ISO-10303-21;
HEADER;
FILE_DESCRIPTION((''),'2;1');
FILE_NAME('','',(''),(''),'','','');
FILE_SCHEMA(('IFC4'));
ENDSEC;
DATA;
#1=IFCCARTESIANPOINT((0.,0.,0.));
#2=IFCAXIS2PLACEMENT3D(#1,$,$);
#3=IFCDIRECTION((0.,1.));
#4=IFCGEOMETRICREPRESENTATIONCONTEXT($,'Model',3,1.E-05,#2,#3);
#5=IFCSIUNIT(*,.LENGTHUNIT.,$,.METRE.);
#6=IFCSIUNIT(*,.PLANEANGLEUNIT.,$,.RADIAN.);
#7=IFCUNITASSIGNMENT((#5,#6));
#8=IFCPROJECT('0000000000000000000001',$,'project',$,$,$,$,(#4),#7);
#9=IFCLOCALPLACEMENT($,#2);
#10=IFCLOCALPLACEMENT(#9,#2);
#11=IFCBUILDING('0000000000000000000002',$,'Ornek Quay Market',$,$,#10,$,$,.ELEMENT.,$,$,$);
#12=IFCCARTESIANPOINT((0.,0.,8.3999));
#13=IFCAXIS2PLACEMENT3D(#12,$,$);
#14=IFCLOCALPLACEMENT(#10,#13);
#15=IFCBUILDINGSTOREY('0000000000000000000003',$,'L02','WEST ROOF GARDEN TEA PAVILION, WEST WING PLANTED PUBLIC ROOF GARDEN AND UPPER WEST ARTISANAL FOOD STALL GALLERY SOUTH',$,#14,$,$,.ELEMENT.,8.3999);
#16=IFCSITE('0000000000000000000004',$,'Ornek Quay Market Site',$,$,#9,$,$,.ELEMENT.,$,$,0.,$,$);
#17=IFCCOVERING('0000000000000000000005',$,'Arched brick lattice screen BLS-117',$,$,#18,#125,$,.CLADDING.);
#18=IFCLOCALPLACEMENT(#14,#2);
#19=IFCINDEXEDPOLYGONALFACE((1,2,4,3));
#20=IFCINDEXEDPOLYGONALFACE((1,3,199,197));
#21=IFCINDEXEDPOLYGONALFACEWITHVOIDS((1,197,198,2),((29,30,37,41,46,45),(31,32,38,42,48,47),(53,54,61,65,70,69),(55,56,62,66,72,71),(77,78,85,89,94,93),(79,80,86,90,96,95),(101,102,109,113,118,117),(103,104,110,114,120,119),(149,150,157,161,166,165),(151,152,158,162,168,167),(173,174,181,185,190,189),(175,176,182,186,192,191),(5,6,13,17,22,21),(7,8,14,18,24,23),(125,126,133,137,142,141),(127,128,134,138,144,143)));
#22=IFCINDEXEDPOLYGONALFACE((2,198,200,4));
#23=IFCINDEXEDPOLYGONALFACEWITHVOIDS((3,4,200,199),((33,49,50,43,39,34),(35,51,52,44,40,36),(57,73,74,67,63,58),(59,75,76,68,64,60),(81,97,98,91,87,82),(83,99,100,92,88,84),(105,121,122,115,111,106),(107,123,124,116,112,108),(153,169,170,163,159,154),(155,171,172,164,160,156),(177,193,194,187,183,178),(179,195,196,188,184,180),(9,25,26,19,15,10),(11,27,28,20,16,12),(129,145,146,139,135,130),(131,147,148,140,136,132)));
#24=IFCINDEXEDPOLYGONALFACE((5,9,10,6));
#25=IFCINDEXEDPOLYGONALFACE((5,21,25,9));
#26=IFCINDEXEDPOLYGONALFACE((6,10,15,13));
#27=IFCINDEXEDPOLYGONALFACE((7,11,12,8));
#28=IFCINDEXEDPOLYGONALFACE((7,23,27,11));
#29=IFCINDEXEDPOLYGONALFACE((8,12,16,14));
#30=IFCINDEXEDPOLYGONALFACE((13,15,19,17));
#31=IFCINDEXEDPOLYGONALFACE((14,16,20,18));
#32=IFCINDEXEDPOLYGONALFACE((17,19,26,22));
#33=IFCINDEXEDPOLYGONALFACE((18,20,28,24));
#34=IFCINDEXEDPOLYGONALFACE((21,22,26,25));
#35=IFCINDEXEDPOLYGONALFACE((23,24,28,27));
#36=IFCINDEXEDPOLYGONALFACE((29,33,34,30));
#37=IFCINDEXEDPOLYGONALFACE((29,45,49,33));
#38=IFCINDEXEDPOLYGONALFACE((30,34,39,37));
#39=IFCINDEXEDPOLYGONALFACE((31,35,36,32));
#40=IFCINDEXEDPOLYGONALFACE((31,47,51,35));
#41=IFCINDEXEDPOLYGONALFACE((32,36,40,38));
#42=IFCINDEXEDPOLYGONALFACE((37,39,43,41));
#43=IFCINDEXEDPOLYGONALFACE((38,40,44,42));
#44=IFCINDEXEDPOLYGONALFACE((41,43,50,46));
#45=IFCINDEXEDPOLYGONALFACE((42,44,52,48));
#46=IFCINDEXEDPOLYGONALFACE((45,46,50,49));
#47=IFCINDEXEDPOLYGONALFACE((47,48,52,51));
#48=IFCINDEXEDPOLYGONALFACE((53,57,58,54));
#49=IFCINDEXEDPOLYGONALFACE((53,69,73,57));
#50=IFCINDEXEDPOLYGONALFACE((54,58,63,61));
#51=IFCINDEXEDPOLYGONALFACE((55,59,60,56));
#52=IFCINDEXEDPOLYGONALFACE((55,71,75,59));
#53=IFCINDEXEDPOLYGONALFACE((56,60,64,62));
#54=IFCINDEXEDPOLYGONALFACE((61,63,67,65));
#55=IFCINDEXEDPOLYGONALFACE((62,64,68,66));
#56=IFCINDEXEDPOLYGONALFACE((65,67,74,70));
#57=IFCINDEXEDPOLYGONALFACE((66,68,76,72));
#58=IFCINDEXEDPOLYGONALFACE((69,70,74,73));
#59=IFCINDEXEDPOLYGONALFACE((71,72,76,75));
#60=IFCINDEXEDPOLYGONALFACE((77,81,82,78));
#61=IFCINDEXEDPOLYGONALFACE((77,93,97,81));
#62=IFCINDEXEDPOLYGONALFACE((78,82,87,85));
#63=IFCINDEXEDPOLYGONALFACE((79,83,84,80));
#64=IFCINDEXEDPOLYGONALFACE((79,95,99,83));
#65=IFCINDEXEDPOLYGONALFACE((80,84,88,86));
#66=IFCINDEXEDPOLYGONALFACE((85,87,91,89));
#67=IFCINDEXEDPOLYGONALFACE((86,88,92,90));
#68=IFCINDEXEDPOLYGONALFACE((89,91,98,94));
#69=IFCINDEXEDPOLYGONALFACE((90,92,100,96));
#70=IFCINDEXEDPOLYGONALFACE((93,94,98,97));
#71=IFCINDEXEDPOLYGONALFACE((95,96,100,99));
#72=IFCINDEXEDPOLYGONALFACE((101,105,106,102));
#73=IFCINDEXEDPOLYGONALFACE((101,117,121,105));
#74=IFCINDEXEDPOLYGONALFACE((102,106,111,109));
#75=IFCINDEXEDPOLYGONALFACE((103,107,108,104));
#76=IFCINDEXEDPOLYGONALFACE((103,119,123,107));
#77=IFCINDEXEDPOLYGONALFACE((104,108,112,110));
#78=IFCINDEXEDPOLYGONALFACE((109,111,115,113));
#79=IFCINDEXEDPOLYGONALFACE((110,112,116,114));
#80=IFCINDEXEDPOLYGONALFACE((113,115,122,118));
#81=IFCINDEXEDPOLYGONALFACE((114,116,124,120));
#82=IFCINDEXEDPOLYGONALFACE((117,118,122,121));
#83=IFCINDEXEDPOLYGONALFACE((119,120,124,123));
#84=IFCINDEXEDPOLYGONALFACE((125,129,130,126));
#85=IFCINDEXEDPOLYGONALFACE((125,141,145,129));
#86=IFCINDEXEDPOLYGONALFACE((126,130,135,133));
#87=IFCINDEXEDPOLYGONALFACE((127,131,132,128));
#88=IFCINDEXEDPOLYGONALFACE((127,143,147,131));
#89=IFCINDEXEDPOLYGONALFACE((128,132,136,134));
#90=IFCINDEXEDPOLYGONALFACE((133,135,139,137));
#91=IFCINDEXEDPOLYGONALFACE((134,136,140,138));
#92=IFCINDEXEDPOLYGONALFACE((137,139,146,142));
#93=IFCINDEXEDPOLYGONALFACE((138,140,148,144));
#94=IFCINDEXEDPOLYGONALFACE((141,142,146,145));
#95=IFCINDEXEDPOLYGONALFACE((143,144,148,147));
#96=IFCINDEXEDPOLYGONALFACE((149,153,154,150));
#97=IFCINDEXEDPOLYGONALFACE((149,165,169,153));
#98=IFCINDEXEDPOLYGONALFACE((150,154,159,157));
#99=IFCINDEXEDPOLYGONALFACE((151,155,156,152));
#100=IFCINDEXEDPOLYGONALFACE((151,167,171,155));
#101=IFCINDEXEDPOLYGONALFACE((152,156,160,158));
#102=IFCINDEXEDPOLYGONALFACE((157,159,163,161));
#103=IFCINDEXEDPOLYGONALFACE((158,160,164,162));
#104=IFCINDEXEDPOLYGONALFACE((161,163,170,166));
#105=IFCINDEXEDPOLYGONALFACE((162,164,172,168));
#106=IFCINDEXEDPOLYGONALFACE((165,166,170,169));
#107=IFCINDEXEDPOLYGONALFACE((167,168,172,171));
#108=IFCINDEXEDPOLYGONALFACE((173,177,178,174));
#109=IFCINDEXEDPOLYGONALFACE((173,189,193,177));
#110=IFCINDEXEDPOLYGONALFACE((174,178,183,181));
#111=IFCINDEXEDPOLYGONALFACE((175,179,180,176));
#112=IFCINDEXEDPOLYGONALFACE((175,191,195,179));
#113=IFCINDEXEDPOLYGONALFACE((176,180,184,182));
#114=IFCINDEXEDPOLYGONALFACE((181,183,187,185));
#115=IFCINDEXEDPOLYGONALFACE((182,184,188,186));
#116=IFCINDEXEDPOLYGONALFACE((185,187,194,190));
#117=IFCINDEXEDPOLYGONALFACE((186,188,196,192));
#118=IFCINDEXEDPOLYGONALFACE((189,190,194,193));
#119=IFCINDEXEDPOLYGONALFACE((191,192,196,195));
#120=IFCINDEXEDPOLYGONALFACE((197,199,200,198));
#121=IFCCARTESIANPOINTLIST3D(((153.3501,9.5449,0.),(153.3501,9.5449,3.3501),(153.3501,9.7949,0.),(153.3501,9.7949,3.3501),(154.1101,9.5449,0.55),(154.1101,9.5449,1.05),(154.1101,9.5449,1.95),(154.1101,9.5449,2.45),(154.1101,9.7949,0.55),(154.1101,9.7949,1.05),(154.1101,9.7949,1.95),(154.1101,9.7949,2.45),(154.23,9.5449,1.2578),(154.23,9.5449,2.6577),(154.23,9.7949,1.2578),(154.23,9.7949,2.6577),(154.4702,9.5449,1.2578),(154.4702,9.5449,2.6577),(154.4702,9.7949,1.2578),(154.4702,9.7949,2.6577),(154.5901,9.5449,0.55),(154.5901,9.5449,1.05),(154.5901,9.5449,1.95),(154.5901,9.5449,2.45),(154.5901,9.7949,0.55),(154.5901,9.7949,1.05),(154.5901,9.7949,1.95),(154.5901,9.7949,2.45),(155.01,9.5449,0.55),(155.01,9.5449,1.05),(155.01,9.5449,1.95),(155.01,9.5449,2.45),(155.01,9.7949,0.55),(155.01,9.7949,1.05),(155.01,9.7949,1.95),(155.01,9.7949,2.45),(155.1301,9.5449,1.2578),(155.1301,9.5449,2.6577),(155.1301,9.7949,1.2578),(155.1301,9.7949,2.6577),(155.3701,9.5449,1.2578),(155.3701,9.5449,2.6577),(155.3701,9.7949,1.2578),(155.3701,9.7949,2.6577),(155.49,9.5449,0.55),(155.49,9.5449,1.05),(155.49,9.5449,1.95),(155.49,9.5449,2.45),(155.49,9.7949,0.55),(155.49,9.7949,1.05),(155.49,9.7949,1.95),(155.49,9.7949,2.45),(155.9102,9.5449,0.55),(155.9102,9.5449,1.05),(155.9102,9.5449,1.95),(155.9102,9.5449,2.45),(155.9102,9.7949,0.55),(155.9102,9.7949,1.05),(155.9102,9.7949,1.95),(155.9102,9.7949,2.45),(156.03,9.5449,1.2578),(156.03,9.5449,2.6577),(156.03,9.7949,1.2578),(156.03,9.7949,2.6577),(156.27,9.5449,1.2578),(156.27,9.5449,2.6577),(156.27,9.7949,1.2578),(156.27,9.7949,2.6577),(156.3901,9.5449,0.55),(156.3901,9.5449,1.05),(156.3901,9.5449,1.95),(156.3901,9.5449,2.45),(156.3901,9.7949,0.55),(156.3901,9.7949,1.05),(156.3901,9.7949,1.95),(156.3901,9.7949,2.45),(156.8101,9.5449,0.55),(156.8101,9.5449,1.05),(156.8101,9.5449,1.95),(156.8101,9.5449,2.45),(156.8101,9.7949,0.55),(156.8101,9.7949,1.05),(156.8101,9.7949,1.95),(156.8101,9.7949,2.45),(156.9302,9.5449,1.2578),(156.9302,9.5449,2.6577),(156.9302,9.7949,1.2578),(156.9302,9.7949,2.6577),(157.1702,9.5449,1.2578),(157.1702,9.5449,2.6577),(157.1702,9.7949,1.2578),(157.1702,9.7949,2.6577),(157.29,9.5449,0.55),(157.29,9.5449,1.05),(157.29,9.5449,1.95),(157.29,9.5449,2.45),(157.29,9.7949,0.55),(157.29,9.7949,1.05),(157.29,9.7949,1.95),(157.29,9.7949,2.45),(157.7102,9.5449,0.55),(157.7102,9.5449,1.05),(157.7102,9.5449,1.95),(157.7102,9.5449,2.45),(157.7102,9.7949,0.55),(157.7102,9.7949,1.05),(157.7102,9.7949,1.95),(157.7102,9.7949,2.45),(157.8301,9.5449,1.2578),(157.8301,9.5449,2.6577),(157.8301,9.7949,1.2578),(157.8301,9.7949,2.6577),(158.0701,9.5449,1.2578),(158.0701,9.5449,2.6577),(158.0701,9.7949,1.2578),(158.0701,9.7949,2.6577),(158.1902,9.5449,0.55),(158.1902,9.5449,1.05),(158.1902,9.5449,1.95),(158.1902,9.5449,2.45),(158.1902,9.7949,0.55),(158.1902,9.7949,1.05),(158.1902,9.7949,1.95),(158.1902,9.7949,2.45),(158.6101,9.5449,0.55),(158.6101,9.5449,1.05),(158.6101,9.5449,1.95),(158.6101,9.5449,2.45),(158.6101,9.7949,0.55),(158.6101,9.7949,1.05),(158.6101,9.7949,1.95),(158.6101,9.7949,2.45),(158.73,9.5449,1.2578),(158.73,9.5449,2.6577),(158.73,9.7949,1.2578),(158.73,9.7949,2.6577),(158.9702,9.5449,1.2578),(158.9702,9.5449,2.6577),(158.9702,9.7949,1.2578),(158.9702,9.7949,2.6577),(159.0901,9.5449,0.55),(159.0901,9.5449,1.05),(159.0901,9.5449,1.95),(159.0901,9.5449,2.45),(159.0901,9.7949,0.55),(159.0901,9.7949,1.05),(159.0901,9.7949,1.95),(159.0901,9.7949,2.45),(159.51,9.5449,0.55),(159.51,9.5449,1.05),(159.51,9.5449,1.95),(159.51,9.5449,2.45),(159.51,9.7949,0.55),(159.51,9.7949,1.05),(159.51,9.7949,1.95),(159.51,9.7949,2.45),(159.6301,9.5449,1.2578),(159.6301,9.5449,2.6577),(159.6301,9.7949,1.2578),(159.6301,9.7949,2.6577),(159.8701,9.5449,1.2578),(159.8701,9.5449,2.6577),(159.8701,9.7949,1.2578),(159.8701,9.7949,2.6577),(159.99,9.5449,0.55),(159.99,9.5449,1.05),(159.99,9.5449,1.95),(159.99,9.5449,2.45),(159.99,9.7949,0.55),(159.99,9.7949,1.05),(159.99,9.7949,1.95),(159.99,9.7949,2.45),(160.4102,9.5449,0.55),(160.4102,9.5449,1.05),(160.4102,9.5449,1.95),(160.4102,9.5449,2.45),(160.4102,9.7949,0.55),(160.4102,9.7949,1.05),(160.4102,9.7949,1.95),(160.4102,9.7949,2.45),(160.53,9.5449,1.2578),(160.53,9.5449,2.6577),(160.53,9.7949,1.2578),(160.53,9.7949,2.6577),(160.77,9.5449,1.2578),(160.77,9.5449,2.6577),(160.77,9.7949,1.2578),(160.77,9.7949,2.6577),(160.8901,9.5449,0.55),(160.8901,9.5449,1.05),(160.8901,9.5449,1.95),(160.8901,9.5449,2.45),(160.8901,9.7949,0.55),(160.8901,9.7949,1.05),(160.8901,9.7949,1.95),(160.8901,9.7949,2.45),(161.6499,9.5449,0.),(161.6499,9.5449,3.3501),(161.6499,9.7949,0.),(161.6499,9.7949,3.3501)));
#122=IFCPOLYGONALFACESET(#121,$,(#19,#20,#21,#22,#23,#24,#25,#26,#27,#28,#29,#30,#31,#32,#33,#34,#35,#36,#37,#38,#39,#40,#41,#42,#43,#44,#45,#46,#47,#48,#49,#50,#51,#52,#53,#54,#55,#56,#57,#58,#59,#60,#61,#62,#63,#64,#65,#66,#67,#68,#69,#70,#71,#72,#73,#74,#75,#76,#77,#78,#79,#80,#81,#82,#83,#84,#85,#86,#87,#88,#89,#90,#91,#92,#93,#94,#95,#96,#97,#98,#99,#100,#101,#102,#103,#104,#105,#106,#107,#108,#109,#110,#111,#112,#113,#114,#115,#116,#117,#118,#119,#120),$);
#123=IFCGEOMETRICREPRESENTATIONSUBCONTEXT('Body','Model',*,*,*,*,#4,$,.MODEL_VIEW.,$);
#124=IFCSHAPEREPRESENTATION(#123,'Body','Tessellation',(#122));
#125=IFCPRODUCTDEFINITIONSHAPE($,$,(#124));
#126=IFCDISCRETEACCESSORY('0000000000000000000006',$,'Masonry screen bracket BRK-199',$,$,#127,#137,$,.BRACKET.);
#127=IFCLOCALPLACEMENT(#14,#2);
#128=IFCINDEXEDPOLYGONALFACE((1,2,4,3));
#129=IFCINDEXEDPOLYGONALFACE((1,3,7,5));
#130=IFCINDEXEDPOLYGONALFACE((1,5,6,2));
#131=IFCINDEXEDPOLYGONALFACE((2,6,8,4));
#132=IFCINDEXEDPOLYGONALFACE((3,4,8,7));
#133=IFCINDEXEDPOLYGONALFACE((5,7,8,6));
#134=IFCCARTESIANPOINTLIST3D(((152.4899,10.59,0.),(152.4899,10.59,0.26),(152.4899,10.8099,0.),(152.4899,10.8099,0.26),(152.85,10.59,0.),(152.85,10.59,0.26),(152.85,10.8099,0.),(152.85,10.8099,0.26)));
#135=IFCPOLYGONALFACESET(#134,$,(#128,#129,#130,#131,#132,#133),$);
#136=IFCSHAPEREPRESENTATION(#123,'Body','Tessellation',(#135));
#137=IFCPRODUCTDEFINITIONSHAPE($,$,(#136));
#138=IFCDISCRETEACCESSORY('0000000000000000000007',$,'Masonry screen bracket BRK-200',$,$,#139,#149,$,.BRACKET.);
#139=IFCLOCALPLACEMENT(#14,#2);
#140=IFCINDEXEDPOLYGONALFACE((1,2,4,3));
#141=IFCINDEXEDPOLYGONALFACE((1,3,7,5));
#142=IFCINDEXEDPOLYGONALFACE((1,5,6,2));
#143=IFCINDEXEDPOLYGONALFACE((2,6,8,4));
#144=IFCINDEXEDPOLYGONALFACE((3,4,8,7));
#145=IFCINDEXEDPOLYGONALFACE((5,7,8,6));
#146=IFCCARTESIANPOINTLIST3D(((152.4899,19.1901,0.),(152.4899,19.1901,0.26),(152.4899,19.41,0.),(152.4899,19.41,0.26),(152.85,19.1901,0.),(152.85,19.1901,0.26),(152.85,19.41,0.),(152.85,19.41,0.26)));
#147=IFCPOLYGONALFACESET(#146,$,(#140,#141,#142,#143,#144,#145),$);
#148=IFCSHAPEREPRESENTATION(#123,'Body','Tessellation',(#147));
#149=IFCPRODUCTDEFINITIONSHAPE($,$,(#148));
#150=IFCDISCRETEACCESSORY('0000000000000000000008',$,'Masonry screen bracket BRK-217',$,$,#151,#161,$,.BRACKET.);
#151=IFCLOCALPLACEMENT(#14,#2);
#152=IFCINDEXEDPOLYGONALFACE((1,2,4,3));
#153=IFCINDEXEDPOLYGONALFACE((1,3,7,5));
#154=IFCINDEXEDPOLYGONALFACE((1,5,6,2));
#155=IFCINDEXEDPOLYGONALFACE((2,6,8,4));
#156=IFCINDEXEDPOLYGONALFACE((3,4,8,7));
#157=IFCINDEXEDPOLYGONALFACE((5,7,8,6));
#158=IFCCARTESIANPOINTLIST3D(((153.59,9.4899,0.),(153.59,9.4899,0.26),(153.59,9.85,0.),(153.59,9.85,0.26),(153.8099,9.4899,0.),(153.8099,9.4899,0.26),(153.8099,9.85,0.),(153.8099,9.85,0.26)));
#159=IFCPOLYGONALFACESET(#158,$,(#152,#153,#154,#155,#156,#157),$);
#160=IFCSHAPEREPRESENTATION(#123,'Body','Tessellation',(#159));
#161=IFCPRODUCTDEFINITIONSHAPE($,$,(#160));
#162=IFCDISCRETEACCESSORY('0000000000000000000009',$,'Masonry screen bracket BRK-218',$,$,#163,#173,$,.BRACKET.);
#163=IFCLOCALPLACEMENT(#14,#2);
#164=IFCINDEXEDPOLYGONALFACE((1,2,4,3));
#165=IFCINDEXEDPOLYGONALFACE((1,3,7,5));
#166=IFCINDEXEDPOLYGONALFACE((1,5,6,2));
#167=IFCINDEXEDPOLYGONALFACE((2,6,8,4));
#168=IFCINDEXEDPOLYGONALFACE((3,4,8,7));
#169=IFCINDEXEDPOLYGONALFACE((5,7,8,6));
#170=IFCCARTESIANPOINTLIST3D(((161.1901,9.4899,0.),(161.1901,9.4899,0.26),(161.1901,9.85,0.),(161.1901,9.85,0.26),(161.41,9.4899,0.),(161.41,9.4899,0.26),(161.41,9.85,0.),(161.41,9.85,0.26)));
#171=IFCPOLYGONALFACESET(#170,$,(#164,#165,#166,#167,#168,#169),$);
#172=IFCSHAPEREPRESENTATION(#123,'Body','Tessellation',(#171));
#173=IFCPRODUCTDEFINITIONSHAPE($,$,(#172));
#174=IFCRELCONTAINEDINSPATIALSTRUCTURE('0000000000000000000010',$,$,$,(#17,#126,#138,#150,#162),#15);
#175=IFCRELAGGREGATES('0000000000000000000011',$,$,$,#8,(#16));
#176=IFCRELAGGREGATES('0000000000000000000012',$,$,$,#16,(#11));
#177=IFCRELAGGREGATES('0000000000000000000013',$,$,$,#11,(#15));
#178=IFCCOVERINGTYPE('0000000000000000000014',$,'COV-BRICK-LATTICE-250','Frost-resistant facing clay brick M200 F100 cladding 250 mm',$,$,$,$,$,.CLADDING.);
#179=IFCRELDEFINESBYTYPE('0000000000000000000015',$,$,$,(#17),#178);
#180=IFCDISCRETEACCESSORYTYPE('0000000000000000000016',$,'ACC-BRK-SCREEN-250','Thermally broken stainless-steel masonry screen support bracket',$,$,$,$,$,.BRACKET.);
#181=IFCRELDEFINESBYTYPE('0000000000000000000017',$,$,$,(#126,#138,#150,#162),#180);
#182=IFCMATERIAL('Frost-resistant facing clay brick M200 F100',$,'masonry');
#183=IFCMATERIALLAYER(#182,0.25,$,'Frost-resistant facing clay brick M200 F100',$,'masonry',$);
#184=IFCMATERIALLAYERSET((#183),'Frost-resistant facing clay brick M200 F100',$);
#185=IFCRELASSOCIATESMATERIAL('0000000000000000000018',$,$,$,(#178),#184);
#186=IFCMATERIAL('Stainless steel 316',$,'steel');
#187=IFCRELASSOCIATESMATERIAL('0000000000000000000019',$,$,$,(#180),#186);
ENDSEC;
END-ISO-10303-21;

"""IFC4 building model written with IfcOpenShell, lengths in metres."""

from ifc_helpers import new_model, si_unit, direction, frame, origin, origin_2d, place, context, subcontext, project, spatial, polyline, rectangle, outline, extrude, material, layer, layer_set, type_object, element, save


model = new_model("IFC4")

# Units and contexts
model_context = context("Model", 3, precision=1e-05, world=origin(), true_north=direction((0.0, 1.0)))
body_context = subcontext(model_context, "Body", "Model", "MODEL_VIEW")
ifc_project = project(units=[si_unit("LENGTHUNIT", "METRE"), si_unit("PLANEANGLEUNIT", "RADIAN")], contexts=[model_context])

# Site, building, storey
site_placement = place(None, origin())
site = spatial("IfcSite", under=ifc_project, at=site_placement, Name="Ornek Quay Market Site", CompositionType="ELEMENT", RefElevation=0.0)
building_placement = place(site_placement, origin())
building = spatial("IfcBuilding", under=site, at=building_placement, Name="Ornek Quay Market", CompositionType="ELEMENT")
storey_placement = place(building_placement, frame((0.0, 0.0, 8.3999)))
storey = spatial("IfcBuildingStorey", under=building, at=storey_placement, Name="L02", Description="WEST ROOF GARDEN TEA PAVILION, WEST WING PLANTED PUBLIC ROOF GARDEN AND UPPER WEST ARTISANAL FOOD STALL GALLERY SOUTH", CompositionType="ELEMENT", Elevation=8.3999)

# Shared definitions
ifc_material_1 = material(Name="Frost-resistant facing clay brick M200 F100", Category="masonry")

# Covering
ifc_layer_1 = layer(ifc_material_1, 0.25, Name="Frost-resistant facing clay brick M200 F100", Category="masonry")
ifc_layer_set_1 = layer_set([ifc_layer_1], Name="Frost-resistant facing clay brick M200 F100")
covering_type = type_object("IfcCoveringType", Name="COV-BRICK-LATTICE-250", Description="Frost-resistant facing clay brick M200 F100 cladding 250 mm", PredefinedType="CLADDING", material=ifc_layer_set_1)
covering_1_placement = place(storey_placement, frame((153.3501, 9.6699, 0.0), z_axis=(0.0, 0.0, 1.0), x_axis=(1.0, 0.0, 0.0)))
element("IfcCovering", 1, at=covering_1_placement, inside=storey, type_object=covering_type, Name="Arched brick lattice screen BLS-117", PredefinedType="CLADDING", context=body_context, shape_type="SweptSolid", body=[
    extrude(outline(polyline([(0.0, 0.0), (8.2998, 0.0), (8.2998, 3.3501), (0.0, 3.3501), (0.0, 0.0)]), holes=[polyline([(0.76, 0.55), (1.24, 0.55), (1.24, 1.05), (1.1201, 1.2578), (0.8799, 1.2578), (0.76, 1.05), (0.76, 0.55)]), polyline([(0.76, 1.95), (1.24, 1.95), (1.24, 2.45), (1.1201, 2.6577), (0.8799, 2.6577), (0.76, 2.45), (0.76, 1.95)]), polyline([(1.6599, 0.55), (2.1399, 0.55), (2.1399, 1.05), (2.02, 1.2578), (1.78, 1.2578), (1.6599, 1.05), (1.6599, 0.55)]), polyline([(1.6599, 1.95), (2.1399, 1.95), (2.1399, 2.45), (2.02, 2.6577), (1.78, 2.6577), (1.6599, 2.45), (1.6599, 1.95)]), polyline([(2.5601, 0.55), (3.04, 0.55), (3.04, 1.05), (2.9199, 1.2578), (2.6799, 1.2578), (2.5601, 1.05), (2.5601, 0.55)]), polyline([(2.5601, 1.95), (3.04, 1.95), (3.04, 2.45), (2.9199, 2.6577), (2.6799, 2.6577), (2.5601, 2.45), (2.5601, 1.95)]), polyline([(3.46, 0.55), (3.9399, 0.55), (3.9399, 1.05), (3.8201, 1.2578), (3.5801, 1.2578), (3.46, 1.05), (3.46, 0.55)]), polyline([(3.46, 1.95), (3.9399, 1.95), (3.9399, 2.45), (3.8201, 2.6577), (3.5801, 2.6577), (3.46, 2.45), (3.46, 1.95)]), polyline([(4.3601, 0.55), (4.8401, 0.55), (4.8401, 1.05), (4.72, 1.2578), (4.48, 1.2578), (4.3601, 1.05), (4.3601, 0.55)]), polyline([(4.3601, 1.95), (4.8401, 1.95), (4.8401, 2.45), (4.72, 2.6577), (4.48, 2.6577), (4.3601, 2.45), (4.3601, 1.95)]), polyline([(5.26, 0.55), (5.74, 0.55), (5.74, 1.05), (5.6201, 1.2578), (5.3799, 1.2578), (5.26, 1.05), (5.26, 0.55)]), polyline([(5.26, 1.95), (5.74, 1.95), (5.74, 2.45), (5.6201, 2.6577), (5.3799, 2.6577), (5.26, 2.45), (5.26, 1.95)]), polyline([(6.1599, 0.55), (6.6399, 0.55), (6.6399, 1.05), (6.52, 1.2578), (6.28, 1.2578), (6.1599, 1.05), (6.1599, 0.55)]), polyline([(6.1599, 1.95), (6.6399, 1.95), (6.6399, 2.45), (6.52, 2.6577), (6.28, 2.6577), (6.1599, 2.45), (6.1599, 1.95)]), polyline([(7.0601, 0.55), (7.54, 0.55), (7.54, 1.05), (7.4199, 1.2578), (7.1799, 1.2578), (7.0601, 1.05), (7.0601, 0.55)]), polyline([(7.0601, 1.95), (7.54, 1.95), (7.54, 2.45), (7.4199, 2.6577), (7.1799, 2.6577), (7.0601, 2.45), (7.0601, 1.95)])]), frame((0.0, 0.125, 0.0), z_axis=(0.0, -1.0, 0.0), x_axis=(1.0, 0.0, 0.0)), (0.0, 0.0, 1.0), 0.25),
])

# Discrete accessories
ifc_material_2 = material(Name="Stainless steel 316", Category="steel")
discrete_accessory_type = type_object("IfcDiscreteAccessoryType", Name="ACC-BRK-SCREEN-250", Description="Thermally broken stainless-steel masonry screen support bracket", PredefinedType="BRACKET", material=ifc_material_2)
for number, where, z_axis, x_axis, name in (
    (2, (152.6699, 10.7, 0.0), (0.0, 0.0, 1.0), (0.0, 1.0, 0.0), "Masonry screen bracket BRK-199"),
    (3, (152.6699, 19.3, 0.0), (0.0, 0.0, 1.0), (0.0, 1.0, 0.0), "Masonry screen bracket BRK-200"),
    (4, (153.7, 9.6699, 0.0), (0.0, 0.0, 1.0), (1.0, 0.0, 0.0), "Masonry screen bracket BRK-217"),
    (5, (161.3, 9.6699, 0.0), (0.0, 0.0, 1.0), (1.0, 0.0, 0.0), "Masonry screen bracket BRK-218"),
):
    element("IfcDiscreteAccessory", number, at=place(storey_placement, frame(where, z_axis=z_axis, x_axis=x_axis)), inside=storey, type_object=discrete_accessory_type, Name=name, PredefinedType="BRACKET", context=body_context, shape_type="SweptSolid", body=[
        extrude(rectangle(XDim=0.22, YDim=0.3601, at=origin_2d()), origin(), (0.0, 0.0, 1.0), 0.26),
    ])

save(model, "model.ifc")
